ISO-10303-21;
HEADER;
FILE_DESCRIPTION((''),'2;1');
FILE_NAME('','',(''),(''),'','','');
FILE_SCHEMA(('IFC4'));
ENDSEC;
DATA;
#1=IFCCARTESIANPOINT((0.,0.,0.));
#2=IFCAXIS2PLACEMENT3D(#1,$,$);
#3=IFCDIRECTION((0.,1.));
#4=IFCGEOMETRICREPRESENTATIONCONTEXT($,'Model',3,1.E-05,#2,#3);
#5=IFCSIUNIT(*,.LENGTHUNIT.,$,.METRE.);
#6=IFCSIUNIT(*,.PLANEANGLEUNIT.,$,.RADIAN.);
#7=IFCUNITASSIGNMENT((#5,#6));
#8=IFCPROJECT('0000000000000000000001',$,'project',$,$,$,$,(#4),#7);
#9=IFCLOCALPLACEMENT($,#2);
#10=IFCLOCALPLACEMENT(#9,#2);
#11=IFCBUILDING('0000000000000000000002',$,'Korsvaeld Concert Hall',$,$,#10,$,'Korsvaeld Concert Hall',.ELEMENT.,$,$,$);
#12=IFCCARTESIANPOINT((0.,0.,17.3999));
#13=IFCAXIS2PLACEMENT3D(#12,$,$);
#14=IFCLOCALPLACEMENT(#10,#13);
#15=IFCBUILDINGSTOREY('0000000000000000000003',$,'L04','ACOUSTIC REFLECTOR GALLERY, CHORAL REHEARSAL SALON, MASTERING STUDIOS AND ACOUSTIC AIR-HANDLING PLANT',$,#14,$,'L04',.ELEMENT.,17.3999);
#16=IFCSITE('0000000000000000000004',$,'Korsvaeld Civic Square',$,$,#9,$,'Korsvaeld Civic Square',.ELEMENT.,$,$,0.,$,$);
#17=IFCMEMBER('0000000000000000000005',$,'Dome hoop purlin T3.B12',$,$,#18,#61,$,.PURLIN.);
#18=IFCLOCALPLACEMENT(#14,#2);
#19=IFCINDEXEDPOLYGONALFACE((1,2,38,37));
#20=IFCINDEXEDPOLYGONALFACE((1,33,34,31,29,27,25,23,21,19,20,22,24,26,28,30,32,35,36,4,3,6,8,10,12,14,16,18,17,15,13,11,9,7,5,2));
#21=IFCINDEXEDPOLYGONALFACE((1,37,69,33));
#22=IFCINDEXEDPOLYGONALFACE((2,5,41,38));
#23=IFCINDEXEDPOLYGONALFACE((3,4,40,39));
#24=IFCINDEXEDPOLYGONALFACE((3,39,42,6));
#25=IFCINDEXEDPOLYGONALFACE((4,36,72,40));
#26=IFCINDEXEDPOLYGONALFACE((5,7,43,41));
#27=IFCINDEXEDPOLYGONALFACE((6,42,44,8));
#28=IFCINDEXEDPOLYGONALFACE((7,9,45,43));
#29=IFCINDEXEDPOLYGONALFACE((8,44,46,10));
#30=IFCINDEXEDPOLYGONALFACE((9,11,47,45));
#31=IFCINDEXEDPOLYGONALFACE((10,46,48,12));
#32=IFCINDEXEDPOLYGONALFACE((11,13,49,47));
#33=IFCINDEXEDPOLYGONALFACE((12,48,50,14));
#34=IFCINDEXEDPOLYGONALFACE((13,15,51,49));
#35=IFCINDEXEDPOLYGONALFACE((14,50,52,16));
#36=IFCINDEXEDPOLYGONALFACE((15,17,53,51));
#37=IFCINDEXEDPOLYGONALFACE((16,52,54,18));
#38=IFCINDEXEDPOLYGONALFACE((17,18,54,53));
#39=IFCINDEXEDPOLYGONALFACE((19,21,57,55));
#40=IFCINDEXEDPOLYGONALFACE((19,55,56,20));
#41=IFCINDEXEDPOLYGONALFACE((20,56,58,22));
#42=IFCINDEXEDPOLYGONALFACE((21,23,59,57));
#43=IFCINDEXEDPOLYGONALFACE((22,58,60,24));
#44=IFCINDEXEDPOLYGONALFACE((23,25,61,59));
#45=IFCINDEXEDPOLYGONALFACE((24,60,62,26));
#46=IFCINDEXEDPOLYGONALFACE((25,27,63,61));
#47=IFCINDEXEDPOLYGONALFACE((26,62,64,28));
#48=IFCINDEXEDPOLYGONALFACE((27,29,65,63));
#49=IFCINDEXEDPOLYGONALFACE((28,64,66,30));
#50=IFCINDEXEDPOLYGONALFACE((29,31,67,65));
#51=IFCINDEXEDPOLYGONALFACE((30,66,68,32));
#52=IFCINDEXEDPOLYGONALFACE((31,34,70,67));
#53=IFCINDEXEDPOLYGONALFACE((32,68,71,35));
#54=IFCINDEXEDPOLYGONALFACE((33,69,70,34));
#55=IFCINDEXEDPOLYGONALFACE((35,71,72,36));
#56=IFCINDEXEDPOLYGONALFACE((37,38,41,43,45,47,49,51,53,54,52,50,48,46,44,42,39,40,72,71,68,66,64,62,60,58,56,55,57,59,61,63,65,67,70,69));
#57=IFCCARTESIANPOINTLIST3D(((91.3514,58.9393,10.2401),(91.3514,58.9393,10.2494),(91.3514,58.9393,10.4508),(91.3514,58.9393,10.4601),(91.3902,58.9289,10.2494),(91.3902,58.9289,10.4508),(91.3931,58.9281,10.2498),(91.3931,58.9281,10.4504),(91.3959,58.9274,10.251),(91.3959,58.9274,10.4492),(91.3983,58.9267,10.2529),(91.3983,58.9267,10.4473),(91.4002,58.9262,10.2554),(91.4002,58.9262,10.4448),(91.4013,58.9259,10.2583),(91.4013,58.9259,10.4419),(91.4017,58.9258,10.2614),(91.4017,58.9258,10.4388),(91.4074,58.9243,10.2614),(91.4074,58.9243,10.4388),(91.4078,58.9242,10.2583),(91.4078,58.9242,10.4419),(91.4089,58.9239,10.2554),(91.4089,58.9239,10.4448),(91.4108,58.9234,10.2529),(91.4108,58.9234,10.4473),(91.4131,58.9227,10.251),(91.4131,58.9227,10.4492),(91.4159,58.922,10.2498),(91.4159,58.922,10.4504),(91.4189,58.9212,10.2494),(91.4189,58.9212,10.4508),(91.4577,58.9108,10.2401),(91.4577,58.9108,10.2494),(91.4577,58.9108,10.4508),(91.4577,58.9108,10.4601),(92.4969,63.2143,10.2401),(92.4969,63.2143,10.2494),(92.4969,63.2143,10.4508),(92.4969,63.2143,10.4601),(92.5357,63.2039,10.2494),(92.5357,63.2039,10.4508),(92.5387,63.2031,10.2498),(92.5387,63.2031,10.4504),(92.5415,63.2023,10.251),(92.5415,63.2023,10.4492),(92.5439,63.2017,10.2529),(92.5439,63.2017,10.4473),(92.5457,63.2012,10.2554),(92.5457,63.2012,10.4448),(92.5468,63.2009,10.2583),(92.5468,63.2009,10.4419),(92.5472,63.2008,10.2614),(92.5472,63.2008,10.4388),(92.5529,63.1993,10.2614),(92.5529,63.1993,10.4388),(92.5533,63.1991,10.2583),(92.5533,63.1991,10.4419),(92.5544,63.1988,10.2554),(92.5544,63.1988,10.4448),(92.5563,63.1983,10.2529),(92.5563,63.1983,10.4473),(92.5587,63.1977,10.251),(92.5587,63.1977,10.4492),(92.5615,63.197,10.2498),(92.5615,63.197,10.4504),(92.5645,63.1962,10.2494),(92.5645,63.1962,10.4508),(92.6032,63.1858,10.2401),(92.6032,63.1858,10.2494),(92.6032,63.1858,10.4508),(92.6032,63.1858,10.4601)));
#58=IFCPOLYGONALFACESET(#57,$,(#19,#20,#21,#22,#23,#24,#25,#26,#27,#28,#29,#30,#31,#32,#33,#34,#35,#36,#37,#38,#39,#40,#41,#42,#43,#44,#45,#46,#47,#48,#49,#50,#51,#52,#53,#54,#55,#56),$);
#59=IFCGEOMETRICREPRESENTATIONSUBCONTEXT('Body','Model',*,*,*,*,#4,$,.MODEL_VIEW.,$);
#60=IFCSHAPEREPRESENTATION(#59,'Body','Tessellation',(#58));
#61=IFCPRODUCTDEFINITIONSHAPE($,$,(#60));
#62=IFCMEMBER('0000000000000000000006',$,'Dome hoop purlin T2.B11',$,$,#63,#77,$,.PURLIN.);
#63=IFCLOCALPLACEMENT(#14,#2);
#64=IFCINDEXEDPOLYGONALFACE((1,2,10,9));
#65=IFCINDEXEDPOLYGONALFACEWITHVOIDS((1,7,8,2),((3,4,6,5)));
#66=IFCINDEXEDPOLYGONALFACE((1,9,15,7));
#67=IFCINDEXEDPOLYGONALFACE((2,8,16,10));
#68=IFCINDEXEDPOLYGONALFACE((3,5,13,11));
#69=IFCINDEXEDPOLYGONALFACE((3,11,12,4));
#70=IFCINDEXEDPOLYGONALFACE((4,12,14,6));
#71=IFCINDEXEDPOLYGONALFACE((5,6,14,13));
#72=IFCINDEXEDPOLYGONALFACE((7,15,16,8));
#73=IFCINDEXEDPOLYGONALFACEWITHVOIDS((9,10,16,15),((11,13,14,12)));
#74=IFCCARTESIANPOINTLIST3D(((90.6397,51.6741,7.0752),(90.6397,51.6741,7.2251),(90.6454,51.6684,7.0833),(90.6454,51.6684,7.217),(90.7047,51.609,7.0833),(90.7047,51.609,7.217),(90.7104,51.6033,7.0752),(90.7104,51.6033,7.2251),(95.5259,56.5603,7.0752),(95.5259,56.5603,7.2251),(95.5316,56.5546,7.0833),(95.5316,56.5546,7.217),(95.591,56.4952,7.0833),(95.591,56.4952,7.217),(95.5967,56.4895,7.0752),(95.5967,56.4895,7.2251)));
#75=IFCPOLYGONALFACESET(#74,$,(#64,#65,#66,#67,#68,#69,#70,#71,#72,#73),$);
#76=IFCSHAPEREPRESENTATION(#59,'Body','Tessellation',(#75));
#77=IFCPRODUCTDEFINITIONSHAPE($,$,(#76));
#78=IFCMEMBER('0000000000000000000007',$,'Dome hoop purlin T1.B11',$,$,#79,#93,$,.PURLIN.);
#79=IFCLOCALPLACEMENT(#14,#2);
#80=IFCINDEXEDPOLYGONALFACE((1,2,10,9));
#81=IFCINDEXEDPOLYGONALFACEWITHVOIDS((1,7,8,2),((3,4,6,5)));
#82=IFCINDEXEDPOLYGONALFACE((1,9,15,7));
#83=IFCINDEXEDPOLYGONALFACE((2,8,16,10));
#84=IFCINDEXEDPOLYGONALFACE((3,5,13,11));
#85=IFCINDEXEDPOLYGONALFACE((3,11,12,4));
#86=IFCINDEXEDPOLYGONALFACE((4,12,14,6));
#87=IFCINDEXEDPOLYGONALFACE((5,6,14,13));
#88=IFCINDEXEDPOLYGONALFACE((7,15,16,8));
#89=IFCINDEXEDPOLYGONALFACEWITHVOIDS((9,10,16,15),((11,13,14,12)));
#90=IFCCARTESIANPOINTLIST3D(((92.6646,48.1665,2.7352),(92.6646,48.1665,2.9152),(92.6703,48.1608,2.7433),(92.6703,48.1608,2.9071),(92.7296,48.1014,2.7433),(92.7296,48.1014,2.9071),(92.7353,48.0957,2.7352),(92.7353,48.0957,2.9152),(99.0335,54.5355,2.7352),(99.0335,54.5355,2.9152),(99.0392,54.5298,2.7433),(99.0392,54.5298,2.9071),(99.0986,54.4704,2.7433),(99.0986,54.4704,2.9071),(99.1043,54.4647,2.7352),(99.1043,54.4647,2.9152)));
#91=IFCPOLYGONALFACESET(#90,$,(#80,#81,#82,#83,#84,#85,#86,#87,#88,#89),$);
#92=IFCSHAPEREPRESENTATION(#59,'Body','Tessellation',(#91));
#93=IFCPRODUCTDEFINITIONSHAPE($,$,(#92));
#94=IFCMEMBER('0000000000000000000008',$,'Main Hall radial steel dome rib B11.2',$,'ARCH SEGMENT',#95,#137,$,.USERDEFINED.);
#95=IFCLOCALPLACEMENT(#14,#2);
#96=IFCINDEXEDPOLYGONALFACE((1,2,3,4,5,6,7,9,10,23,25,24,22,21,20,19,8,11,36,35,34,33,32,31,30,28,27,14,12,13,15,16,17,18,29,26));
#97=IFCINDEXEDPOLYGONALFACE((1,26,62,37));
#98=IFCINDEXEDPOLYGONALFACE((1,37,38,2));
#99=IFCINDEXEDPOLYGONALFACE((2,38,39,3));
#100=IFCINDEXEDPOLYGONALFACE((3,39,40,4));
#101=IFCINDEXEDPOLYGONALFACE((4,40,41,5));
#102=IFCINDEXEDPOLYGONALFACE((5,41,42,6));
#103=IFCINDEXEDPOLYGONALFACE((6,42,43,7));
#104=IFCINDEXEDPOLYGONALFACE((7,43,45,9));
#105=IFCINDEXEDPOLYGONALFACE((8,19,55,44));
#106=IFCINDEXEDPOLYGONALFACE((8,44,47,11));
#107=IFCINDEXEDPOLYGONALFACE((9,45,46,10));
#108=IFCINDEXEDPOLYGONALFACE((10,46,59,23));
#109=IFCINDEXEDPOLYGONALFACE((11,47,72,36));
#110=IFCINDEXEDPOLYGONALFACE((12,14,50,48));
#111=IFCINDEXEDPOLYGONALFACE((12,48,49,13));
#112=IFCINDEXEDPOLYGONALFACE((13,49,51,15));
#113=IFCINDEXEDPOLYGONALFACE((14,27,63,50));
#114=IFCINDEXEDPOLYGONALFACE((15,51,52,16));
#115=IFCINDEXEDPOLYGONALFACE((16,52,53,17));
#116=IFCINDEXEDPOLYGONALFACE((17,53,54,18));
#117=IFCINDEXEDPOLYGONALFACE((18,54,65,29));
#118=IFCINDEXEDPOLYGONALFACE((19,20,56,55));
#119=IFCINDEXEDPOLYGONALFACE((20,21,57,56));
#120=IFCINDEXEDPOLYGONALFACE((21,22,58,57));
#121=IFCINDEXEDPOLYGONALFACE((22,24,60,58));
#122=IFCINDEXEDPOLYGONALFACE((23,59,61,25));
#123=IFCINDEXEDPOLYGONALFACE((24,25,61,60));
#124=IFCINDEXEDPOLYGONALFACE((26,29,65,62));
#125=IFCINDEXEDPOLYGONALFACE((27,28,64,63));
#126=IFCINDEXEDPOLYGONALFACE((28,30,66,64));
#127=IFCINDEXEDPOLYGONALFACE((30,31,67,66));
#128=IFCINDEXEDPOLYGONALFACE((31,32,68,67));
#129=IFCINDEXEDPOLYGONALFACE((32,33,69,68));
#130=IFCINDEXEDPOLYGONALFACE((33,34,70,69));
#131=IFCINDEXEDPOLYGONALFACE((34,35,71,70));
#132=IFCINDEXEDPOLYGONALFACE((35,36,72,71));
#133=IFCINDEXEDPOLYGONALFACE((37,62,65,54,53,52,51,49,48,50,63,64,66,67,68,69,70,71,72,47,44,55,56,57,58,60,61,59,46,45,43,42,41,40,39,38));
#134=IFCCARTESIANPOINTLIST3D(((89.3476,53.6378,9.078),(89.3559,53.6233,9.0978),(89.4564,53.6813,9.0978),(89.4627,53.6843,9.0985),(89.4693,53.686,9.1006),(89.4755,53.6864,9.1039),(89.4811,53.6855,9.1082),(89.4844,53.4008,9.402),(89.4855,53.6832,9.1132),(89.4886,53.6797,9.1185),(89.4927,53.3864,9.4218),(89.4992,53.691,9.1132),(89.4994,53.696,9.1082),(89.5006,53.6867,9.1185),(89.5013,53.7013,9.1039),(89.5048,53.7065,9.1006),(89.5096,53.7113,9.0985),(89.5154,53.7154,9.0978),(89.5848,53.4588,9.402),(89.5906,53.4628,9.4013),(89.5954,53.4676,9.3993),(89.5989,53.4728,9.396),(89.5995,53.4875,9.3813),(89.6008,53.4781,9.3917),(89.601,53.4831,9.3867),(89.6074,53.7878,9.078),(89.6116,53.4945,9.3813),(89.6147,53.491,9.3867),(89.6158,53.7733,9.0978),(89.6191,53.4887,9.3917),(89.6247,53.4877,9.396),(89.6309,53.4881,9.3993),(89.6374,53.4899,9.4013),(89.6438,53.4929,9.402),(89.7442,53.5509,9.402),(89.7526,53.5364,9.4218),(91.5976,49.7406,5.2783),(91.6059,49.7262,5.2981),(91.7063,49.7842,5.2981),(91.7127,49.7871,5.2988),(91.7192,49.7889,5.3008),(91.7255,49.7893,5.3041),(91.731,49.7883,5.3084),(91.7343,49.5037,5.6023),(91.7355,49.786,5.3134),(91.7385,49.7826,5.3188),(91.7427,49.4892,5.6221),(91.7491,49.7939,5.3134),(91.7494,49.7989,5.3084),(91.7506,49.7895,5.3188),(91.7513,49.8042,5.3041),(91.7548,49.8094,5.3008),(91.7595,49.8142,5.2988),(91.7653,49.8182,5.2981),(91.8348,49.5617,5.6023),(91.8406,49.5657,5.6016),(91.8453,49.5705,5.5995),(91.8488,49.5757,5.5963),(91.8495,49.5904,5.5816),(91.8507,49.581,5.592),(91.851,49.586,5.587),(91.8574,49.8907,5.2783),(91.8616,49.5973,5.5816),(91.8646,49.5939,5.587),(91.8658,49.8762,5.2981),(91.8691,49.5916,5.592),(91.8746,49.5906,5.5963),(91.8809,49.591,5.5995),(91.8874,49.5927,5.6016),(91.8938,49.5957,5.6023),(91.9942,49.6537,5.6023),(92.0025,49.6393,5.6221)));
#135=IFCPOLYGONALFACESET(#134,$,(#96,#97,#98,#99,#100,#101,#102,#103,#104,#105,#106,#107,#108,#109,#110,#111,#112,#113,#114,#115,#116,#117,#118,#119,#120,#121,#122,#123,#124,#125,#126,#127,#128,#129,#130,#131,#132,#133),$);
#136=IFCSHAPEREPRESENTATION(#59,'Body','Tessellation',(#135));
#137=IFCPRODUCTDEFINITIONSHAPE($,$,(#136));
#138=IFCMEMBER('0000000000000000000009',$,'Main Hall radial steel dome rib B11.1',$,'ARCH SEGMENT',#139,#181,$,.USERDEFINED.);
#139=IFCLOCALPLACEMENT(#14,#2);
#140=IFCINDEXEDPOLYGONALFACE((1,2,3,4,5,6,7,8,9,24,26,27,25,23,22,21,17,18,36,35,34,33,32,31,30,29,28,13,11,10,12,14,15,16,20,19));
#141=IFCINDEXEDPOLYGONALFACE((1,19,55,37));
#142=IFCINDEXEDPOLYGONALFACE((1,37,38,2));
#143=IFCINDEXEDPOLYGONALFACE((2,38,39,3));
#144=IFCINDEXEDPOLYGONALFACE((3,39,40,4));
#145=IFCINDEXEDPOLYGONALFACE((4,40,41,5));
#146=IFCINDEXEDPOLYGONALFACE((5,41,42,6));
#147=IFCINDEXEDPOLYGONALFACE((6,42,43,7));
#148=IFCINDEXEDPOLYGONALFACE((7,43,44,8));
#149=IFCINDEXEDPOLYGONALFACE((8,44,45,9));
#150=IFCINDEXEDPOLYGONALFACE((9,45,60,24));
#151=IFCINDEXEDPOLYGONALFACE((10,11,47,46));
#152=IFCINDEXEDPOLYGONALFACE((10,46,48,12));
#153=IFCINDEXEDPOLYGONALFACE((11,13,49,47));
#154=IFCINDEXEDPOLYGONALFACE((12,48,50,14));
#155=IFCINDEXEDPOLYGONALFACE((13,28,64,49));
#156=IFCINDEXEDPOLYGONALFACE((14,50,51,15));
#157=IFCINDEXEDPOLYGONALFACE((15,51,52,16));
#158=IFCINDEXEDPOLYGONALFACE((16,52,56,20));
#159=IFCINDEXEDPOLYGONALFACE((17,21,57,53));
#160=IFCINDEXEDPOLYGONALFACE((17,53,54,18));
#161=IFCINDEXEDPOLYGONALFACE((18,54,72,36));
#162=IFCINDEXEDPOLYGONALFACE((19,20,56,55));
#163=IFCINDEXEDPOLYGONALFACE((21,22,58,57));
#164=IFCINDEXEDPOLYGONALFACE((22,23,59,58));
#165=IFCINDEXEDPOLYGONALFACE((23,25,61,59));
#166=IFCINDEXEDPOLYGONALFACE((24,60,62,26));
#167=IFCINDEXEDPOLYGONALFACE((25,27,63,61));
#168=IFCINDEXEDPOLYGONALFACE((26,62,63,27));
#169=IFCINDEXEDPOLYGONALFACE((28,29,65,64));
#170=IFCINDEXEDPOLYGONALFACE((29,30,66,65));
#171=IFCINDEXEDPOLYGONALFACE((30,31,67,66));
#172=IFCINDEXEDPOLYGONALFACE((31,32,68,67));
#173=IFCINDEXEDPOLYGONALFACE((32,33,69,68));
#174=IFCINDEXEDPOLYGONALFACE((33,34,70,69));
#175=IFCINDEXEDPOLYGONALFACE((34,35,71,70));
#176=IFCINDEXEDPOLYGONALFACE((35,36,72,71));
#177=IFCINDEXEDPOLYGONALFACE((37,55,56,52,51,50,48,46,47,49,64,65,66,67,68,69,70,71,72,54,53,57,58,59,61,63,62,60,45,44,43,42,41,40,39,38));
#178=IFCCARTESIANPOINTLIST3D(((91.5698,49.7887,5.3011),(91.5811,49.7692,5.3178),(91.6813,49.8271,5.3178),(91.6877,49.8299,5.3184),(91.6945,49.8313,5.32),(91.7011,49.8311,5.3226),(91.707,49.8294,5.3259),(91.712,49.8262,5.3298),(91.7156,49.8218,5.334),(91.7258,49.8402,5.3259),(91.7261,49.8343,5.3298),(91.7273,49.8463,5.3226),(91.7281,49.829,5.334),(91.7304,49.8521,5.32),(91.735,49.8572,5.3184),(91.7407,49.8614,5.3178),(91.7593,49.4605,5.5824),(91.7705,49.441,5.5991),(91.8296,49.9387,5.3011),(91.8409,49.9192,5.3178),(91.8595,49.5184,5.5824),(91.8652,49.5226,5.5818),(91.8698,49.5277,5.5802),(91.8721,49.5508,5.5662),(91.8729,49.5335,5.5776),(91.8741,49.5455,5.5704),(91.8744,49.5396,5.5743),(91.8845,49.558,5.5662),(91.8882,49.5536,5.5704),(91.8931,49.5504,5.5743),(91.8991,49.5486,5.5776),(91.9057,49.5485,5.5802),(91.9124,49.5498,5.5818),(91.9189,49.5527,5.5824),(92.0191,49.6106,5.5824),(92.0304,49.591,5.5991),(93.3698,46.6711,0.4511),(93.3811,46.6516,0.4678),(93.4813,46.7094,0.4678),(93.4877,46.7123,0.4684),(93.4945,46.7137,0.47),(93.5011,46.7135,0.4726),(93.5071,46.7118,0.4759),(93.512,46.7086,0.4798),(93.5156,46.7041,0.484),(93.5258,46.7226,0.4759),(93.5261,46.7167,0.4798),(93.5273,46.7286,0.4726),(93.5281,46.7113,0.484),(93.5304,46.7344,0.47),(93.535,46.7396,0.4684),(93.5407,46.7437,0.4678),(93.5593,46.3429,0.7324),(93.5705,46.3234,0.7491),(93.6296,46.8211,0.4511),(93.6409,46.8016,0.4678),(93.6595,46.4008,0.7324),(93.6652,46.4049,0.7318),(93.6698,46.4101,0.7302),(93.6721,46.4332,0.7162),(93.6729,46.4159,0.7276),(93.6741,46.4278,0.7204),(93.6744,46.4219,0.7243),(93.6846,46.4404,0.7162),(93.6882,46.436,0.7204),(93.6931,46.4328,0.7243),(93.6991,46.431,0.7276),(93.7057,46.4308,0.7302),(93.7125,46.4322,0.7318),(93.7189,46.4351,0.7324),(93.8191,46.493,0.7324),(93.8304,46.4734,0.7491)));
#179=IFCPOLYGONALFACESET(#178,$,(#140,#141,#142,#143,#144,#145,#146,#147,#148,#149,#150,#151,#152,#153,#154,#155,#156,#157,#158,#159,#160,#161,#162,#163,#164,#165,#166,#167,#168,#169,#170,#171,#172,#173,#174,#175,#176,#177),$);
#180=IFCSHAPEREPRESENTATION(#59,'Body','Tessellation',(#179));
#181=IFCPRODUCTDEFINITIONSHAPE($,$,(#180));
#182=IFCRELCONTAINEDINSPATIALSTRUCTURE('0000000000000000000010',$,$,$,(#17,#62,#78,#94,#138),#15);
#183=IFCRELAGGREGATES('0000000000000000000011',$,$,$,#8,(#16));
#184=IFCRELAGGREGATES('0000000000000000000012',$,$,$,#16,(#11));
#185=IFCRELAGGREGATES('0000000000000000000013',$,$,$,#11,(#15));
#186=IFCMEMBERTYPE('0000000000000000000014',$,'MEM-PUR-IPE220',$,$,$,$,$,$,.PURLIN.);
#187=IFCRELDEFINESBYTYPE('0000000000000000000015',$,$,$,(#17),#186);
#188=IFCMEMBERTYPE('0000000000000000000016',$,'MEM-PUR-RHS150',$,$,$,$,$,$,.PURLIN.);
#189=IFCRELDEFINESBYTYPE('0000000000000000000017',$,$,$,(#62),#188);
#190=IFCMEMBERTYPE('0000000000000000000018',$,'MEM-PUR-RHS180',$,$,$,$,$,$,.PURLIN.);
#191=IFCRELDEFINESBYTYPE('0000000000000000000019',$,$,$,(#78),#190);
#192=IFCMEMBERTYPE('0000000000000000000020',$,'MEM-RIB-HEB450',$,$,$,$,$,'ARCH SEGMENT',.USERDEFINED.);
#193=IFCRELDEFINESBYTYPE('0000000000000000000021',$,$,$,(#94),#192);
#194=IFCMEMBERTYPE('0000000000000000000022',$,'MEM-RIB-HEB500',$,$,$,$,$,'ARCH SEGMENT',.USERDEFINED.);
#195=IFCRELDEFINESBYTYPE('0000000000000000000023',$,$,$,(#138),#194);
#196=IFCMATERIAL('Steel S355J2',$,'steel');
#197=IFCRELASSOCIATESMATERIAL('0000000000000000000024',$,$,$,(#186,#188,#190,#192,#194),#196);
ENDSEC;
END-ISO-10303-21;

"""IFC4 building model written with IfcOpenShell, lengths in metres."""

from ifc_helpers import new_model, si_unit, direction, frame, origin, origin_2d, place, context, subcontext, project, spatial, hollow_rectangle, i_section, extrude, material, material_profile, profile_set, type_object, element, save


model = new_model("IFC4")

# Units and contexts
model_context = context("Model", 3, precision=1e-05, world=origin(), true_north=direction((0.0, 1.0)))
body_context = subcontext(model_context, "Body", "Model", "MODEL_VIEW")
ifc_project = project(units=[si_unit("LENGTHUNIT", "METRE"), si_unit("PLANEANGLEUNIT", "RADIAN")], contexts=[model_context])

# Site, building, storey
site_placement = place(None, origin())
site = spatial("IfcSite", under=ifc_project, at=site_placement, Name="Korsvaeld Civic Square", LongName="Korsvaeld Civic Square", CompositionType="ELEMENT", RefElevation=0.0)
building_placement = place(site_placement, origin())
building = spatial("IfcBuilding", under=site, at=building_placement, Name="Korsvaeld Concert Hall", LongName="Korsvaeld Concert Hall", CompositionType="ELEMENT")
storey_placement = place(building_placement, frame((0.0, 0.0, 17.3999)))
storey = spatial("IfcBuildingStorey", under=building, at=storey_placement, Name="L04", Description="ACOUSTIC REFLECTOR GALLERY, CHORAL REHEARSAL SALON, MASTERING STUDIOS AND ACOUSTIC AIR-HANDLING PLANT", LongName="L04", CompositionType="ELEMENT", Elevation=17.3999)

# Shared definitions
ifc_material_1 = material(Name="Steel S355J2", Category="steel")

# Members
ifc_material_profile_1 = material_profile(ifc_material_1, i_section(OverallWidth=0.1101, OverallDepth=0.22, WebThickness=0.0059, FlangeThickness=0.0093, FilletRadius=0.012, at=origin_2d()), Name="IPE 220")
ifc_profile_set_1 = profile_set([ifc_material_profile_1], Name="Steel S355J2")
member_type_1 = type_object("IfcMemberType", Name="MEM-PUR-IPE220", PredefinedType="PURLIN", material=ifc_profile_set_1)
member_1_placement = place(storey_placement, frame((91.4045, 58.925, 10.3501), z_axis=(0.25883, 0.965923, 0.0), x_axis=(-0.965923, 0.25883, 0.0)))
element("IfcMember", 1, at=member_1_placement, inside=storey, type_object=member_type_1, Name="Dome hoop purlin T3.B12", PredefinedType="PURLIN", context=body_context, shape_type="SweptSolid", body=[
    extrude(i_section(OverallWidth=0.1101, OverallDepth=0.22, WebThickness=0.0059, FlangeThickness=0.0093, FilletRadius=0.012, at=origin_2d()), origin(), (0.0, 0.0, 1.0), 4.4258),
])
ifc_material_profile_2 = material_profile(ifc_material_1, hollow_rectangle(XDim=0.1001, YDim=0.1499, WallThickness=0.0081, at=origin_2d()), Name="RHS 150x100x8")
ifc_profile_set_2 = profile_set([ifc_material_profile_2], Name="Steel S355J2")
member_type_2 = type_object("IfcMemberType", Name="MEM-PUR-RHS150", PredefinedType="PURLIN", material=ifc_profile_set_2)
member_2_placement = place(storey_placement, frame((90.675, 51.6387, 7.1501), z_axis=(0.707107, 0.707107, 0.0), x_axis=(-0.707107, 0.707107, 0.0)))
element("IfcMember", 2, at=member_2_placement, inside=storey, type_object=member_type_2, Name="Dome hoop purlin T2.B11", PredefinedType="PURLIN", context=body_context, shape_type="SweptSolid", body=[
    extrude(hollow_rectangle(XDim=0.1001, YDim=0.1499, WallThickness=0.0081, at=origin_2d()), origin(), (0.0, 0.0, 1.0), 6.9102),
])
ifc_material_profile_3 = material_profile(ifc_material_1, hollow_rectangle(XDim=0.1001, YDim=0.1799, WallThickness=0.0081, at=origin_2d()), Name="RHS 180x100x8")
ifc_profile_set_3 = profile_set([ifc_material_profile_3], Name="Steel S355J2")
member_type_3 = type_object("IfcMemberType", Name="MEM-PUR-RHS180", PredefinedType="PURLIN", material=ifc_profile_set_3)
member_3_placement = place(storey_placement, frame((92.7, 48.1311, 2.8252), z_axis=(0.707107, 0.707107, 0.0), x_axis=(-0.707107, 0.707107, 0.0)))
element("IfcMember", 3, at=member_3_placement, inside=storey, type_object=member_type_3, Name="Dome hoop purlin T1.B11", PredefinedType="PURLIN", context=body_context, shape_type="SweptSolid", body=[
    extrude(hollow_rectangle(XDim=0.1001, YDim=0.1799, WallThickness=0.0081, at=origin_2d()), origin(), (0.0, 0.0, 1.0), 9.0071),
])
ifc_material_profile_4 = material_profile(ifc_material_1, i_section(OverallWidth=0.3, OverallDepth=0.45, WebThickness=0.0139, FlangeThickness=0.0259, FilletRadius=0.0271, at=origin_2d()), Name="HEB 450")
ifc_profile_set_4 = profile_set([ifc_material_profile_4], Name="Steel S355J2")
member_type_4 = type_object("IfcMemberType", Name="MEM-RIB-HEB450", ElementType="ARCH SEGMENT", PredefinedType="USERDEFINED", material=ifc_profile_set_4)
member_4_placement = place(storey_placement, frame((91.8, 49.6899, 5.4502), z_axis=(-0.382019, 0.661693, 0.645154), x_axis=(-0.866031, -0.49999, 0.0)))
element("IfcMember", 4, at=member_4_placement, inside=storey, type_object=member_type_4, Name="Main Hall radial steel dome rib B11.2", ObjectType="ARCH SEGMENT", PredefinedType="USERDEFINED", context=body_context, shape_type="SweptSolid", body=[
    extrude(i_section(OverallWidth=0.3, OverallDepth=0.45, WebThickness=0.0139, FlangeThickness=0.0259, FilletRadius=0.0271, at=origin_2d()), origin(), (0.0, 0.0, 1.0), 5.8896),
])
ifc_material_profile_5 = material_profile(ifc_material_1, i_section(OverallWidth=0.3, OverallDepth=0.5, WebThickness=0.0144, FlangeThickness=0.0281, FilletRadius=0.0271, at=origin_2d()), Name="HEB 500")
ifc_profile_set_5 = profile_set([ifc_material_profile_5], Name="Steel S355J2")
member_type_5 = type_object("IfcMemberType", Name="MEM-RIB-HEB500", ElementType="ARCH SEGMENT", PredefinedType="USERDEFINED", material=ifc_profile_set_5)
member_5_placement = place(storey_placement, frame((93.6001, 46.5723, 0.6001), z_axis=(-0.298013, 0.516158, 0.802975), x_axis=(-0.866018, -0.500012, 0.0)))
element("IfcMember", 5, at=member_5_placement, inside=storey, type_object=member_type_5, Name="Main Hall radial steel dome rib B11.1", ObjectType="ARCH SEGMENT", PredefinedType="USERDEFINED", context=body_context, shape_type="SweptSolid", body=[
    extrude(i_section(OverallWidth=0.3, OverallDepth=0.5, WebThickness=0.0144, FlangeThickness=0.0281, FilletRadius=0.0271, at=origin_2d()), origin(), (0.0, 0.0, 1.0), 6.04),
])

save(model, "model.ifc")
